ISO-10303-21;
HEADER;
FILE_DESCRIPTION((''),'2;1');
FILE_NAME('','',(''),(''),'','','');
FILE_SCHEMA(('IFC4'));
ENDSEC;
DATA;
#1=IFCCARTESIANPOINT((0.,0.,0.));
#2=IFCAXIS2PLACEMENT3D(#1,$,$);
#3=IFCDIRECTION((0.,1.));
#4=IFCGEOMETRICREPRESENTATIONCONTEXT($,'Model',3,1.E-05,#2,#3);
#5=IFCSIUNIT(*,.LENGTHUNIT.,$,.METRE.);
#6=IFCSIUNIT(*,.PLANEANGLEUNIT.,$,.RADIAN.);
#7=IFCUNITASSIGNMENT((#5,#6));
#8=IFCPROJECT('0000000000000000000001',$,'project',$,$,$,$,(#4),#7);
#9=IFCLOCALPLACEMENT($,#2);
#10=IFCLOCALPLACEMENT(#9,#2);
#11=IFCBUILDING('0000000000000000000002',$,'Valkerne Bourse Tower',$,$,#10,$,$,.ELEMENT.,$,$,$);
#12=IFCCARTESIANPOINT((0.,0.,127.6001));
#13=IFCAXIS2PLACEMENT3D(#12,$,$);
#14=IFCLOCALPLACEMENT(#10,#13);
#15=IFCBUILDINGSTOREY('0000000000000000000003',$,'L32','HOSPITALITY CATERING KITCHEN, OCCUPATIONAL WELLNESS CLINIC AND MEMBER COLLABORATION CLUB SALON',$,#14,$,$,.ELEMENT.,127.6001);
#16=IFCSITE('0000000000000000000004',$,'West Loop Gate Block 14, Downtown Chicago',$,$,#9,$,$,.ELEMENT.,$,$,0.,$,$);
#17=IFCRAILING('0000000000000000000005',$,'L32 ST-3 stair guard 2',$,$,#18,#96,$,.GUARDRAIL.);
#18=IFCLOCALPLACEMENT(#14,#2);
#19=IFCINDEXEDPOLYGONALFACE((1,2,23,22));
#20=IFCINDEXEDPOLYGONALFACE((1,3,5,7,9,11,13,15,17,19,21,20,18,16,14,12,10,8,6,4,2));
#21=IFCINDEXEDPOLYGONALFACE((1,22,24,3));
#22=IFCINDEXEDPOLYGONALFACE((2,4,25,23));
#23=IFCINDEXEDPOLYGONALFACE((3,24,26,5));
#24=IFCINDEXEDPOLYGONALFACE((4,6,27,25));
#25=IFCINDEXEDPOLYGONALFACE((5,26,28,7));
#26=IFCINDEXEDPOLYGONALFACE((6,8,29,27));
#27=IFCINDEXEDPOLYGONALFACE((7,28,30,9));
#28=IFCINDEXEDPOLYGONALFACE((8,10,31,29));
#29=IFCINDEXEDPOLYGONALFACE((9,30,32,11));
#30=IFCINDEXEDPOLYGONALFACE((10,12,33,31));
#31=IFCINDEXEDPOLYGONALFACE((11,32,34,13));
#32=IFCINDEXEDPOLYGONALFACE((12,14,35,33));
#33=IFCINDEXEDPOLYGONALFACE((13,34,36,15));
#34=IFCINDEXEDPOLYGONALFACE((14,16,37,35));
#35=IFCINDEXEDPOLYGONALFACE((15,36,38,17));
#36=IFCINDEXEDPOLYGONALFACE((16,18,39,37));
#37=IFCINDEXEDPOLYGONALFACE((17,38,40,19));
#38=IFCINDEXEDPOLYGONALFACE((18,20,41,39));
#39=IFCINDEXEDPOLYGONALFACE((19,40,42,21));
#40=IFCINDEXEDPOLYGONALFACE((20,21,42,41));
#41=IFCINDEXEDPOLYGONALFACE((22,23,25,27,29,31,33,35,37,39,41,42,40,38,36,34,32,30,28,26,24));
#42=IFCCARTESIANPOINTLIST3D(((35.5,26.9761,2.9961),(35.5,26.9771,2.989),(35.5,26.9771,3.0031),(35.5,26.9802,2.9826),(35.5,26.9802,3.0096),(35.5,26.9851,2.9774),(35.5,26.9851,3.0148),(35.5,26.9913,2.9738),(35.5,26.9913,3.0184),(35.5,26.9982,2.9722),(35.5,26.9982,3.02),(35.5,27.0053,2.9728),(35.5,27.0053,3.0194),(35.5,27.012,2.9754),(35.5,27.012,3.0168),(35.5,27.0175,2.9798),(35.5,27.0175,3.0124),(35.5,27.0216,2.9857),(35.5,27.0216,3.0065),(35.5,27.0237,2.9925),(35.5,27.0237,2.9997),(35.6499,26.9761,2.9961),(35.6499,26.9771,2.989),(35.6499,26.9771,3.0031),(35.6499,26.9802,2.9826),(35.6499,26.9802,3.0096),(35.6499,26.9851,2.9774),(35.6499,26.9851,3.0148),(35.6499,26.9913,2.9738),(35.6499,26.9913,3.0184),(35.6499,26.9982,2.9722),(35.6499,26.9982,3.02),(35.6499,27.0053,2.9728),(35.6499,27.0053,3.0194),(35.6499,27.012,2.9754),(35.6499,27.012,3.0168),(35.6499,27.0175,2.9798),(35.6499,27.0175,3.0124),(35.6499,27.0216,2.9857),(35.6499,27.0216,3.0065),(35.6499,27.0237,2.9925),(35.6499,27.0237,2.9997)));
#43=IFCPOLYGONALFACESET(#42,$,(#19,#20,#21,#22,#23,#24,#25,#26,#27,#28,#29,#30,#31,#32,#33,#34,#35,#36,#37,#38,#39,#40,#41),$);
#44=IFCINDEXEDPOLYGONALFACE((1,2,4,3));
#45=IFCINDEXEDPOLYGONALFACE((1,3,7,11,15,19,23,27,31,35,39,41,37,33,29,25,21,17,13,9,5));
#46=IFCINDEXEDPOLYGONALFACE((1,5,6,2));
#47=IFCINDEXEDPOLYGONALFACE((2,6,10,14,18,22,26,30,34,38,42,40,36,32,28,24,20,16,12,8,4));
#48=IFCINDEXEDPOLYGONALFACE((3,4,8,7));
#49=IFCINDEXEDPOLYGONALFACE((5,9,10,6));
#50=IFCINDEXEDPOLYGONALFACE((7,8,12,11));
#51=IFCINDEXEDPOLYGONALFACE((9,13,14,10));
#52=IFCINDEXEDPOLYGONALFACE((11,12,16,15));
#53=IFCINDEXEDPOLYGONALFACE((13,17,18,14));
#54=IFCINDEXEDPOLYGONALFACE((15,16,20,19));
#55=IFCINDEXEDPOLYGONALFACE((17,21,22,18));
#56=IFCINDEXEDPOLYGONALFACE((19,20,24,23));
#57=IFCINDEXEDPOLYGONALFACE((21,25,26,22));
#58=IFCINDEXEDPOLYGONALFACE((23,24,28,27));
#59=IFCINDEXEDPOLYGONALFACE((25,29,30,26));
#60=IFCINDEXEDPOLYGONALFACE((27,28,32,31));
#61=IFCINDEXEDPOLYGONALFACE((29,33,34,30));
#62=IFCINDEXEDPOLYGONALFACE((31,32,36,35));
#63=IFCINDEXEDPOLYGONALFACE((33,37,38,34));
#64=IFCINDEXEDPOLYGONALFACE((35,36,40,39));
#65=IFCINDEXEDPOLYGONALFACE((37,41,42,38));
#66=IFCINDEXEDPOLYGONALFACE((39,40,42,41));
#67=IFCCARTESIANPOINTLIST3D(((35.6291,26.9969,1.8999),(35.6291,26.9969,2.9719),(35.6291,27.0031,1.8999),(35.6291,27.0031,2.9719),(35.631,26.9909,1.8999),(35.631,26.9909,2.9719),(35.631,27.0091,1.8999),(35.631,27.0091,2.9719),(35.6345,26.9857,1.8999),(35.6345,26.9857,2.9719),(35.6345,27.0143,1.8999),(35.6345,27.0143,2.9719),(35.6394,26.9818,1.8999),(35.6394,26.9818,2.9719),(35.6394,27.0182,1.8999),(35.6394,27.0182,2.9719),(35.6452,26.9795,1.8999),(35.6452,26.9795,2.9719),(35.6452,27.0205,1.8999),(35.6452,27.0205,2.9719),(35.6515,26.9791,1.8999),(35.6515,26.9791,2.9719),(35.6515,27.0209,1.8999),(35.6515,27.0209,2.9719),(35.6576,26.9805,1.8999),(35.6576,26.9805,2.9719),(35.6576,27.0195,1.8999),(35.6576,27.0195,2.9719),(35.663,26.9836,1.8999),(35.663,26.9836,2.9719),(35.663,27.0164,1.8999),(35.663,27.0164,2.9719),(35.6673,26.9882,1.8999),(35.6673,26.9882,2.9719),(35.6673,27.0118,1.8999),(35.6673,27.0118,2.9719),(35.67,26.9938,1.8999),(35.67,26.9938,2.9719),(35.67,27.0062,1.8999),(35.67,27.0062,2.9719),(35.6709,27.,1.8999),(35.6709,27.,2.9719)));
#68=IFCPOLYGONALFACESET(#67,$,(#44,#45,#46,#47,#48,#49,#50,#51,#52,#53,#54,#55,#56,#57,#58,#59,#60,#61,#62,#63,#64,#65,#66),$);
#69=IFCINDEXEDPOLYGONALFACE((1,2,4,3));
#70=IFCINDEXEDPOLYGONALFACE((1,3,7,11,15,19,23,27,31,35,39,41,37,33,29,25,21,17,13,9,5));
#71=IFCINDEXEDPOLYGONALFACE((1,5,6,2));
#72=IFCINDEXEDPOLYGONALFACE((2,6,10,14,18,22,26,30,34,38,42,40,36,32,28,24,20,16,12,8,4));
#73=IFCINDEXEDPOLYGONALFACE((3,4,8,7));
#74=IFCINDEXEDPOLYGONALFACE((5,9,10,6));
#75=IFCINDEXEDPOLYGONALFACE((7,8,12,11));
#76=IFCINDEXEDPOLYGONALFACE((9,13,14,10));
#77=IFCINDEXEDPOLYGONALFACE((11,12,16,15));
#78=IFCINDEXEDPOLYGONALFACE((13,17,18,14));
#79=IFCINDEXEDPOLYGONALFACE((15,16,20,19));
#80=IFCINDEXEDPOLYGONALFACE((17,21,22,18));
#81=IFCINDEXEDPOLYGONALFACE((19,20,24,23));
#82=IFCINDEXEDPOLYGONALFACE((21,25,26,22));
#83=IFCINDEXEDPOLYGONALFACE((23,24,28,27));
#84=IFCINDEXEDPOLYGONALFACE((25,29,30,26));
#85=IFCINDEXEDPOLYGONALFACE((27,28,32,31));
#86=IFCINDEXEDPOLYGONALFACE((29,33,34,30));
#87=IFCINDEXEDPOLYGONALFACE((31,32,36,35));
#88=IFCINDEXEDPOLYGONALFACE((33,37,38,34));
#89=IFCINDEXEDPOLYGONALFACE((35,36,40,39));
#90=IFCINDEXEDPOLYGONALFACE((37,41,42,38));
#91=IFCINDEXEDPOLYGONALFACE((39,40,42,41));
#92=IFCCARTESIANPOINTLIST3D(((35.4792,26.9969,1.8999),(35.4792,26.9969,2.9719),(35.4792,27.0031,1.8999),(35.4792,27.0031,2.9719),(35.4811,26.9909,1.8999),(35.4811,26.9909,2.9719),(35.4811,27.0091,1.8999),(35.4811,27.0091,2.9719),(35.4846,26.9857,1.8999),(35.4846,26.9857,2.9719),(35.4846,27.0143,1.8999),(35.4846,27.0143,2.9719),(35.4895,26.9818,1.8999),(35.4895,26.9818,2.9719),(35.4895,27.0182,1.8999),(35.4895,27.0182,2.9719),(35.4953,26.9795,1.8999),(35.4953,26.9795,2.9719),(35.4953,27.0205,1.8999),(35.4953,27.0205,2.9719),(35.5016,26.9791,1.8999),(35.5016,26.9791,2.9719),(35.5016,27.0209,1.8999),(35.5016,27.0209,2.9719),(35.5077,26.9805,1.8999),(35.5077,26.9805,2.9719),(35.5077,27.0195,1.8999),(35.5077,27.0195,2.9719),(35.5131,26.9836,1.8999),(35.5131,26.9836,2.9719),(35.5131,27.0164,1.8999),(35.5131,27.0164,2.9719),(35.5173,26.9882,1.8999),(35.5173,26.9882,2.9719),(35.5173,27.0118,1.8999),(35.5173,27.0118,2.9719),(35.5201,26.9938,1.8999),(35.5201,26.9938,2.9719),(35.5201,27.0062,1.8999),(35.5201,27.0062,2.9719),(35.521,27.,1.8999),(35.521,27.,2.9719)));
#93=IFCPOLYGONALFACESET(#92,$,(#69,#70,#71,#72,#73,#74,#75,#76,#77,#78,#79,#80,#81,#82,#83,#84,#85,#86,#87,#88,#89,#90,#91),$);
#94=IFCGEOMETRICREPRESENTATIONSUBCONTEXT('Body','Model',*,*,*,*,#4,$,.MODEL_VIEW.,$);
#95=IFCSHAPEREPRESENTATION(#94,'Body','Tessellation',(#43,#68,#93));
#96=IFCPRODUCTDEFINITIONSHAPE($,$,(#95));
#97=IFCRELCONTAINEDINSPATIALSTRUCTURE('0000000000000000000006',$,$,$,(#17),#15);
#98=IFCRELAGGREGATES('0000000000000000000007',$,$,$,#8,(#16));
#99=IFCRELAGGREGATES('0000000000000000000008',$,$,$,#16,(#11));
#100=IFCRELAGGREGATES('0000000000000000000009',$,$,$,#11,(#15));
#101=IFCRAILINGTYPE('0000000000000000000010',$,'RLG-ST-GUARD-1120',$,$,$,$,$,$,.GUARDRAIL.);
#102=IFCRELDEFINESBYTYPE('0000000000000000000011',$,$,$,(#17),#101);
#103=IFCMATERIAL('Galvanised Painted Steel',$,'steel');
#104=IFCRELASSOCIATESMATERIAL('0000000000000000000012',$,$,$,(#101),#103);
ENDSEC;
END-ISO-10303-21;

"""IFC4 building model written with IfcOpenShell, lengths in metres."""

from ifc_helpers import new_model, si_unit, direction, frame, origin, origin_2d, place, context, subcontext, project, spatial, circle, extrude, material, type_object, element, save


model = new_model("IFC4")

# Units and contexts
model_context = context("Model", 3, precision=1e-05, world=origin(), true_north=direction((0.0, 1.0)))
body_context = subcontext(model_context, "Body", "Model", "MODEL_VIEW")
ifc_project = project(units=[si_unit("LENGTHUNIT", "METRE"), si_unit("PLANEANGLEUNIT", "RADIAN")], contexts=[model_context])

# Site, building, storey
site_placement = place(None, origin())
site = spatial("IfcSite", under=ifc_project, at=site_placement, Name="West Loop Gate Block 14, Downtown Chicago", CompositionType="ELEMENT", RefElevation=0.0)
building_placement = place(site_placement, origin())
building = spatial("IfcBuilding", under=site, at=building_placement, Name="Valkerne Bourse Tower", CompositionType="ELEMENT")
storey_placement = place(building_placement, frame((0.0, 0.0, 127.6001)))
storey = spatial("IfcBuildingStorey", under=building, at=storey_placement, Name="L32", Description="HOSPITALITY CATERING KITCHEN, OCCUPATIONAL WELLNESS CLINIC AND MEMBER COLLABORATION CLUB SALON", CompositionType="ELEMENT", Elevation=127.6001)

# Shared definitions
ifc_material_1 = material(Name="Galvanised Painted Steel", Category="steel")

# Railing
railing_type_1 = type_object("IfcRailingType", Name="RLG-ST-GUARD-1120", PredefinedType="GUARDRAIL", material=ifc_material_1)
railing_1_placement = place(storey_placement, frame((35.6499, 27.0, 1.8999)))
element("IfcRailing", 1, at=railing_1_placement, inside=storey, type_object=railing_type_1, Name="L32 ST-3 stair guard 2", PredefinedType="GUARDRAIL", context=body_context, shape_type="SweptSolid", body=[
    extrude(circle(Radius=0.0239, at=origin_2d()), frame((0.0, 0.0, 1.0962), z_axis=(-1.0, 0.0, 0.0), x_axis=(0.0, -1.0, 0.0)), (0.0, 0.0, 1.0), 0.1499),
    extrude(circle(Radius=0.021, at=origin_2d()), origin(), (0.0, 0.0, 1.0), 1.072),
    extrude(circle(Radius=0.021, at=origin_2d()), frame((-0.1499, 0.0, 0.0)), (0.0, 0.0, 1.0), 1.072),
])

save(model, "model.ifc")
